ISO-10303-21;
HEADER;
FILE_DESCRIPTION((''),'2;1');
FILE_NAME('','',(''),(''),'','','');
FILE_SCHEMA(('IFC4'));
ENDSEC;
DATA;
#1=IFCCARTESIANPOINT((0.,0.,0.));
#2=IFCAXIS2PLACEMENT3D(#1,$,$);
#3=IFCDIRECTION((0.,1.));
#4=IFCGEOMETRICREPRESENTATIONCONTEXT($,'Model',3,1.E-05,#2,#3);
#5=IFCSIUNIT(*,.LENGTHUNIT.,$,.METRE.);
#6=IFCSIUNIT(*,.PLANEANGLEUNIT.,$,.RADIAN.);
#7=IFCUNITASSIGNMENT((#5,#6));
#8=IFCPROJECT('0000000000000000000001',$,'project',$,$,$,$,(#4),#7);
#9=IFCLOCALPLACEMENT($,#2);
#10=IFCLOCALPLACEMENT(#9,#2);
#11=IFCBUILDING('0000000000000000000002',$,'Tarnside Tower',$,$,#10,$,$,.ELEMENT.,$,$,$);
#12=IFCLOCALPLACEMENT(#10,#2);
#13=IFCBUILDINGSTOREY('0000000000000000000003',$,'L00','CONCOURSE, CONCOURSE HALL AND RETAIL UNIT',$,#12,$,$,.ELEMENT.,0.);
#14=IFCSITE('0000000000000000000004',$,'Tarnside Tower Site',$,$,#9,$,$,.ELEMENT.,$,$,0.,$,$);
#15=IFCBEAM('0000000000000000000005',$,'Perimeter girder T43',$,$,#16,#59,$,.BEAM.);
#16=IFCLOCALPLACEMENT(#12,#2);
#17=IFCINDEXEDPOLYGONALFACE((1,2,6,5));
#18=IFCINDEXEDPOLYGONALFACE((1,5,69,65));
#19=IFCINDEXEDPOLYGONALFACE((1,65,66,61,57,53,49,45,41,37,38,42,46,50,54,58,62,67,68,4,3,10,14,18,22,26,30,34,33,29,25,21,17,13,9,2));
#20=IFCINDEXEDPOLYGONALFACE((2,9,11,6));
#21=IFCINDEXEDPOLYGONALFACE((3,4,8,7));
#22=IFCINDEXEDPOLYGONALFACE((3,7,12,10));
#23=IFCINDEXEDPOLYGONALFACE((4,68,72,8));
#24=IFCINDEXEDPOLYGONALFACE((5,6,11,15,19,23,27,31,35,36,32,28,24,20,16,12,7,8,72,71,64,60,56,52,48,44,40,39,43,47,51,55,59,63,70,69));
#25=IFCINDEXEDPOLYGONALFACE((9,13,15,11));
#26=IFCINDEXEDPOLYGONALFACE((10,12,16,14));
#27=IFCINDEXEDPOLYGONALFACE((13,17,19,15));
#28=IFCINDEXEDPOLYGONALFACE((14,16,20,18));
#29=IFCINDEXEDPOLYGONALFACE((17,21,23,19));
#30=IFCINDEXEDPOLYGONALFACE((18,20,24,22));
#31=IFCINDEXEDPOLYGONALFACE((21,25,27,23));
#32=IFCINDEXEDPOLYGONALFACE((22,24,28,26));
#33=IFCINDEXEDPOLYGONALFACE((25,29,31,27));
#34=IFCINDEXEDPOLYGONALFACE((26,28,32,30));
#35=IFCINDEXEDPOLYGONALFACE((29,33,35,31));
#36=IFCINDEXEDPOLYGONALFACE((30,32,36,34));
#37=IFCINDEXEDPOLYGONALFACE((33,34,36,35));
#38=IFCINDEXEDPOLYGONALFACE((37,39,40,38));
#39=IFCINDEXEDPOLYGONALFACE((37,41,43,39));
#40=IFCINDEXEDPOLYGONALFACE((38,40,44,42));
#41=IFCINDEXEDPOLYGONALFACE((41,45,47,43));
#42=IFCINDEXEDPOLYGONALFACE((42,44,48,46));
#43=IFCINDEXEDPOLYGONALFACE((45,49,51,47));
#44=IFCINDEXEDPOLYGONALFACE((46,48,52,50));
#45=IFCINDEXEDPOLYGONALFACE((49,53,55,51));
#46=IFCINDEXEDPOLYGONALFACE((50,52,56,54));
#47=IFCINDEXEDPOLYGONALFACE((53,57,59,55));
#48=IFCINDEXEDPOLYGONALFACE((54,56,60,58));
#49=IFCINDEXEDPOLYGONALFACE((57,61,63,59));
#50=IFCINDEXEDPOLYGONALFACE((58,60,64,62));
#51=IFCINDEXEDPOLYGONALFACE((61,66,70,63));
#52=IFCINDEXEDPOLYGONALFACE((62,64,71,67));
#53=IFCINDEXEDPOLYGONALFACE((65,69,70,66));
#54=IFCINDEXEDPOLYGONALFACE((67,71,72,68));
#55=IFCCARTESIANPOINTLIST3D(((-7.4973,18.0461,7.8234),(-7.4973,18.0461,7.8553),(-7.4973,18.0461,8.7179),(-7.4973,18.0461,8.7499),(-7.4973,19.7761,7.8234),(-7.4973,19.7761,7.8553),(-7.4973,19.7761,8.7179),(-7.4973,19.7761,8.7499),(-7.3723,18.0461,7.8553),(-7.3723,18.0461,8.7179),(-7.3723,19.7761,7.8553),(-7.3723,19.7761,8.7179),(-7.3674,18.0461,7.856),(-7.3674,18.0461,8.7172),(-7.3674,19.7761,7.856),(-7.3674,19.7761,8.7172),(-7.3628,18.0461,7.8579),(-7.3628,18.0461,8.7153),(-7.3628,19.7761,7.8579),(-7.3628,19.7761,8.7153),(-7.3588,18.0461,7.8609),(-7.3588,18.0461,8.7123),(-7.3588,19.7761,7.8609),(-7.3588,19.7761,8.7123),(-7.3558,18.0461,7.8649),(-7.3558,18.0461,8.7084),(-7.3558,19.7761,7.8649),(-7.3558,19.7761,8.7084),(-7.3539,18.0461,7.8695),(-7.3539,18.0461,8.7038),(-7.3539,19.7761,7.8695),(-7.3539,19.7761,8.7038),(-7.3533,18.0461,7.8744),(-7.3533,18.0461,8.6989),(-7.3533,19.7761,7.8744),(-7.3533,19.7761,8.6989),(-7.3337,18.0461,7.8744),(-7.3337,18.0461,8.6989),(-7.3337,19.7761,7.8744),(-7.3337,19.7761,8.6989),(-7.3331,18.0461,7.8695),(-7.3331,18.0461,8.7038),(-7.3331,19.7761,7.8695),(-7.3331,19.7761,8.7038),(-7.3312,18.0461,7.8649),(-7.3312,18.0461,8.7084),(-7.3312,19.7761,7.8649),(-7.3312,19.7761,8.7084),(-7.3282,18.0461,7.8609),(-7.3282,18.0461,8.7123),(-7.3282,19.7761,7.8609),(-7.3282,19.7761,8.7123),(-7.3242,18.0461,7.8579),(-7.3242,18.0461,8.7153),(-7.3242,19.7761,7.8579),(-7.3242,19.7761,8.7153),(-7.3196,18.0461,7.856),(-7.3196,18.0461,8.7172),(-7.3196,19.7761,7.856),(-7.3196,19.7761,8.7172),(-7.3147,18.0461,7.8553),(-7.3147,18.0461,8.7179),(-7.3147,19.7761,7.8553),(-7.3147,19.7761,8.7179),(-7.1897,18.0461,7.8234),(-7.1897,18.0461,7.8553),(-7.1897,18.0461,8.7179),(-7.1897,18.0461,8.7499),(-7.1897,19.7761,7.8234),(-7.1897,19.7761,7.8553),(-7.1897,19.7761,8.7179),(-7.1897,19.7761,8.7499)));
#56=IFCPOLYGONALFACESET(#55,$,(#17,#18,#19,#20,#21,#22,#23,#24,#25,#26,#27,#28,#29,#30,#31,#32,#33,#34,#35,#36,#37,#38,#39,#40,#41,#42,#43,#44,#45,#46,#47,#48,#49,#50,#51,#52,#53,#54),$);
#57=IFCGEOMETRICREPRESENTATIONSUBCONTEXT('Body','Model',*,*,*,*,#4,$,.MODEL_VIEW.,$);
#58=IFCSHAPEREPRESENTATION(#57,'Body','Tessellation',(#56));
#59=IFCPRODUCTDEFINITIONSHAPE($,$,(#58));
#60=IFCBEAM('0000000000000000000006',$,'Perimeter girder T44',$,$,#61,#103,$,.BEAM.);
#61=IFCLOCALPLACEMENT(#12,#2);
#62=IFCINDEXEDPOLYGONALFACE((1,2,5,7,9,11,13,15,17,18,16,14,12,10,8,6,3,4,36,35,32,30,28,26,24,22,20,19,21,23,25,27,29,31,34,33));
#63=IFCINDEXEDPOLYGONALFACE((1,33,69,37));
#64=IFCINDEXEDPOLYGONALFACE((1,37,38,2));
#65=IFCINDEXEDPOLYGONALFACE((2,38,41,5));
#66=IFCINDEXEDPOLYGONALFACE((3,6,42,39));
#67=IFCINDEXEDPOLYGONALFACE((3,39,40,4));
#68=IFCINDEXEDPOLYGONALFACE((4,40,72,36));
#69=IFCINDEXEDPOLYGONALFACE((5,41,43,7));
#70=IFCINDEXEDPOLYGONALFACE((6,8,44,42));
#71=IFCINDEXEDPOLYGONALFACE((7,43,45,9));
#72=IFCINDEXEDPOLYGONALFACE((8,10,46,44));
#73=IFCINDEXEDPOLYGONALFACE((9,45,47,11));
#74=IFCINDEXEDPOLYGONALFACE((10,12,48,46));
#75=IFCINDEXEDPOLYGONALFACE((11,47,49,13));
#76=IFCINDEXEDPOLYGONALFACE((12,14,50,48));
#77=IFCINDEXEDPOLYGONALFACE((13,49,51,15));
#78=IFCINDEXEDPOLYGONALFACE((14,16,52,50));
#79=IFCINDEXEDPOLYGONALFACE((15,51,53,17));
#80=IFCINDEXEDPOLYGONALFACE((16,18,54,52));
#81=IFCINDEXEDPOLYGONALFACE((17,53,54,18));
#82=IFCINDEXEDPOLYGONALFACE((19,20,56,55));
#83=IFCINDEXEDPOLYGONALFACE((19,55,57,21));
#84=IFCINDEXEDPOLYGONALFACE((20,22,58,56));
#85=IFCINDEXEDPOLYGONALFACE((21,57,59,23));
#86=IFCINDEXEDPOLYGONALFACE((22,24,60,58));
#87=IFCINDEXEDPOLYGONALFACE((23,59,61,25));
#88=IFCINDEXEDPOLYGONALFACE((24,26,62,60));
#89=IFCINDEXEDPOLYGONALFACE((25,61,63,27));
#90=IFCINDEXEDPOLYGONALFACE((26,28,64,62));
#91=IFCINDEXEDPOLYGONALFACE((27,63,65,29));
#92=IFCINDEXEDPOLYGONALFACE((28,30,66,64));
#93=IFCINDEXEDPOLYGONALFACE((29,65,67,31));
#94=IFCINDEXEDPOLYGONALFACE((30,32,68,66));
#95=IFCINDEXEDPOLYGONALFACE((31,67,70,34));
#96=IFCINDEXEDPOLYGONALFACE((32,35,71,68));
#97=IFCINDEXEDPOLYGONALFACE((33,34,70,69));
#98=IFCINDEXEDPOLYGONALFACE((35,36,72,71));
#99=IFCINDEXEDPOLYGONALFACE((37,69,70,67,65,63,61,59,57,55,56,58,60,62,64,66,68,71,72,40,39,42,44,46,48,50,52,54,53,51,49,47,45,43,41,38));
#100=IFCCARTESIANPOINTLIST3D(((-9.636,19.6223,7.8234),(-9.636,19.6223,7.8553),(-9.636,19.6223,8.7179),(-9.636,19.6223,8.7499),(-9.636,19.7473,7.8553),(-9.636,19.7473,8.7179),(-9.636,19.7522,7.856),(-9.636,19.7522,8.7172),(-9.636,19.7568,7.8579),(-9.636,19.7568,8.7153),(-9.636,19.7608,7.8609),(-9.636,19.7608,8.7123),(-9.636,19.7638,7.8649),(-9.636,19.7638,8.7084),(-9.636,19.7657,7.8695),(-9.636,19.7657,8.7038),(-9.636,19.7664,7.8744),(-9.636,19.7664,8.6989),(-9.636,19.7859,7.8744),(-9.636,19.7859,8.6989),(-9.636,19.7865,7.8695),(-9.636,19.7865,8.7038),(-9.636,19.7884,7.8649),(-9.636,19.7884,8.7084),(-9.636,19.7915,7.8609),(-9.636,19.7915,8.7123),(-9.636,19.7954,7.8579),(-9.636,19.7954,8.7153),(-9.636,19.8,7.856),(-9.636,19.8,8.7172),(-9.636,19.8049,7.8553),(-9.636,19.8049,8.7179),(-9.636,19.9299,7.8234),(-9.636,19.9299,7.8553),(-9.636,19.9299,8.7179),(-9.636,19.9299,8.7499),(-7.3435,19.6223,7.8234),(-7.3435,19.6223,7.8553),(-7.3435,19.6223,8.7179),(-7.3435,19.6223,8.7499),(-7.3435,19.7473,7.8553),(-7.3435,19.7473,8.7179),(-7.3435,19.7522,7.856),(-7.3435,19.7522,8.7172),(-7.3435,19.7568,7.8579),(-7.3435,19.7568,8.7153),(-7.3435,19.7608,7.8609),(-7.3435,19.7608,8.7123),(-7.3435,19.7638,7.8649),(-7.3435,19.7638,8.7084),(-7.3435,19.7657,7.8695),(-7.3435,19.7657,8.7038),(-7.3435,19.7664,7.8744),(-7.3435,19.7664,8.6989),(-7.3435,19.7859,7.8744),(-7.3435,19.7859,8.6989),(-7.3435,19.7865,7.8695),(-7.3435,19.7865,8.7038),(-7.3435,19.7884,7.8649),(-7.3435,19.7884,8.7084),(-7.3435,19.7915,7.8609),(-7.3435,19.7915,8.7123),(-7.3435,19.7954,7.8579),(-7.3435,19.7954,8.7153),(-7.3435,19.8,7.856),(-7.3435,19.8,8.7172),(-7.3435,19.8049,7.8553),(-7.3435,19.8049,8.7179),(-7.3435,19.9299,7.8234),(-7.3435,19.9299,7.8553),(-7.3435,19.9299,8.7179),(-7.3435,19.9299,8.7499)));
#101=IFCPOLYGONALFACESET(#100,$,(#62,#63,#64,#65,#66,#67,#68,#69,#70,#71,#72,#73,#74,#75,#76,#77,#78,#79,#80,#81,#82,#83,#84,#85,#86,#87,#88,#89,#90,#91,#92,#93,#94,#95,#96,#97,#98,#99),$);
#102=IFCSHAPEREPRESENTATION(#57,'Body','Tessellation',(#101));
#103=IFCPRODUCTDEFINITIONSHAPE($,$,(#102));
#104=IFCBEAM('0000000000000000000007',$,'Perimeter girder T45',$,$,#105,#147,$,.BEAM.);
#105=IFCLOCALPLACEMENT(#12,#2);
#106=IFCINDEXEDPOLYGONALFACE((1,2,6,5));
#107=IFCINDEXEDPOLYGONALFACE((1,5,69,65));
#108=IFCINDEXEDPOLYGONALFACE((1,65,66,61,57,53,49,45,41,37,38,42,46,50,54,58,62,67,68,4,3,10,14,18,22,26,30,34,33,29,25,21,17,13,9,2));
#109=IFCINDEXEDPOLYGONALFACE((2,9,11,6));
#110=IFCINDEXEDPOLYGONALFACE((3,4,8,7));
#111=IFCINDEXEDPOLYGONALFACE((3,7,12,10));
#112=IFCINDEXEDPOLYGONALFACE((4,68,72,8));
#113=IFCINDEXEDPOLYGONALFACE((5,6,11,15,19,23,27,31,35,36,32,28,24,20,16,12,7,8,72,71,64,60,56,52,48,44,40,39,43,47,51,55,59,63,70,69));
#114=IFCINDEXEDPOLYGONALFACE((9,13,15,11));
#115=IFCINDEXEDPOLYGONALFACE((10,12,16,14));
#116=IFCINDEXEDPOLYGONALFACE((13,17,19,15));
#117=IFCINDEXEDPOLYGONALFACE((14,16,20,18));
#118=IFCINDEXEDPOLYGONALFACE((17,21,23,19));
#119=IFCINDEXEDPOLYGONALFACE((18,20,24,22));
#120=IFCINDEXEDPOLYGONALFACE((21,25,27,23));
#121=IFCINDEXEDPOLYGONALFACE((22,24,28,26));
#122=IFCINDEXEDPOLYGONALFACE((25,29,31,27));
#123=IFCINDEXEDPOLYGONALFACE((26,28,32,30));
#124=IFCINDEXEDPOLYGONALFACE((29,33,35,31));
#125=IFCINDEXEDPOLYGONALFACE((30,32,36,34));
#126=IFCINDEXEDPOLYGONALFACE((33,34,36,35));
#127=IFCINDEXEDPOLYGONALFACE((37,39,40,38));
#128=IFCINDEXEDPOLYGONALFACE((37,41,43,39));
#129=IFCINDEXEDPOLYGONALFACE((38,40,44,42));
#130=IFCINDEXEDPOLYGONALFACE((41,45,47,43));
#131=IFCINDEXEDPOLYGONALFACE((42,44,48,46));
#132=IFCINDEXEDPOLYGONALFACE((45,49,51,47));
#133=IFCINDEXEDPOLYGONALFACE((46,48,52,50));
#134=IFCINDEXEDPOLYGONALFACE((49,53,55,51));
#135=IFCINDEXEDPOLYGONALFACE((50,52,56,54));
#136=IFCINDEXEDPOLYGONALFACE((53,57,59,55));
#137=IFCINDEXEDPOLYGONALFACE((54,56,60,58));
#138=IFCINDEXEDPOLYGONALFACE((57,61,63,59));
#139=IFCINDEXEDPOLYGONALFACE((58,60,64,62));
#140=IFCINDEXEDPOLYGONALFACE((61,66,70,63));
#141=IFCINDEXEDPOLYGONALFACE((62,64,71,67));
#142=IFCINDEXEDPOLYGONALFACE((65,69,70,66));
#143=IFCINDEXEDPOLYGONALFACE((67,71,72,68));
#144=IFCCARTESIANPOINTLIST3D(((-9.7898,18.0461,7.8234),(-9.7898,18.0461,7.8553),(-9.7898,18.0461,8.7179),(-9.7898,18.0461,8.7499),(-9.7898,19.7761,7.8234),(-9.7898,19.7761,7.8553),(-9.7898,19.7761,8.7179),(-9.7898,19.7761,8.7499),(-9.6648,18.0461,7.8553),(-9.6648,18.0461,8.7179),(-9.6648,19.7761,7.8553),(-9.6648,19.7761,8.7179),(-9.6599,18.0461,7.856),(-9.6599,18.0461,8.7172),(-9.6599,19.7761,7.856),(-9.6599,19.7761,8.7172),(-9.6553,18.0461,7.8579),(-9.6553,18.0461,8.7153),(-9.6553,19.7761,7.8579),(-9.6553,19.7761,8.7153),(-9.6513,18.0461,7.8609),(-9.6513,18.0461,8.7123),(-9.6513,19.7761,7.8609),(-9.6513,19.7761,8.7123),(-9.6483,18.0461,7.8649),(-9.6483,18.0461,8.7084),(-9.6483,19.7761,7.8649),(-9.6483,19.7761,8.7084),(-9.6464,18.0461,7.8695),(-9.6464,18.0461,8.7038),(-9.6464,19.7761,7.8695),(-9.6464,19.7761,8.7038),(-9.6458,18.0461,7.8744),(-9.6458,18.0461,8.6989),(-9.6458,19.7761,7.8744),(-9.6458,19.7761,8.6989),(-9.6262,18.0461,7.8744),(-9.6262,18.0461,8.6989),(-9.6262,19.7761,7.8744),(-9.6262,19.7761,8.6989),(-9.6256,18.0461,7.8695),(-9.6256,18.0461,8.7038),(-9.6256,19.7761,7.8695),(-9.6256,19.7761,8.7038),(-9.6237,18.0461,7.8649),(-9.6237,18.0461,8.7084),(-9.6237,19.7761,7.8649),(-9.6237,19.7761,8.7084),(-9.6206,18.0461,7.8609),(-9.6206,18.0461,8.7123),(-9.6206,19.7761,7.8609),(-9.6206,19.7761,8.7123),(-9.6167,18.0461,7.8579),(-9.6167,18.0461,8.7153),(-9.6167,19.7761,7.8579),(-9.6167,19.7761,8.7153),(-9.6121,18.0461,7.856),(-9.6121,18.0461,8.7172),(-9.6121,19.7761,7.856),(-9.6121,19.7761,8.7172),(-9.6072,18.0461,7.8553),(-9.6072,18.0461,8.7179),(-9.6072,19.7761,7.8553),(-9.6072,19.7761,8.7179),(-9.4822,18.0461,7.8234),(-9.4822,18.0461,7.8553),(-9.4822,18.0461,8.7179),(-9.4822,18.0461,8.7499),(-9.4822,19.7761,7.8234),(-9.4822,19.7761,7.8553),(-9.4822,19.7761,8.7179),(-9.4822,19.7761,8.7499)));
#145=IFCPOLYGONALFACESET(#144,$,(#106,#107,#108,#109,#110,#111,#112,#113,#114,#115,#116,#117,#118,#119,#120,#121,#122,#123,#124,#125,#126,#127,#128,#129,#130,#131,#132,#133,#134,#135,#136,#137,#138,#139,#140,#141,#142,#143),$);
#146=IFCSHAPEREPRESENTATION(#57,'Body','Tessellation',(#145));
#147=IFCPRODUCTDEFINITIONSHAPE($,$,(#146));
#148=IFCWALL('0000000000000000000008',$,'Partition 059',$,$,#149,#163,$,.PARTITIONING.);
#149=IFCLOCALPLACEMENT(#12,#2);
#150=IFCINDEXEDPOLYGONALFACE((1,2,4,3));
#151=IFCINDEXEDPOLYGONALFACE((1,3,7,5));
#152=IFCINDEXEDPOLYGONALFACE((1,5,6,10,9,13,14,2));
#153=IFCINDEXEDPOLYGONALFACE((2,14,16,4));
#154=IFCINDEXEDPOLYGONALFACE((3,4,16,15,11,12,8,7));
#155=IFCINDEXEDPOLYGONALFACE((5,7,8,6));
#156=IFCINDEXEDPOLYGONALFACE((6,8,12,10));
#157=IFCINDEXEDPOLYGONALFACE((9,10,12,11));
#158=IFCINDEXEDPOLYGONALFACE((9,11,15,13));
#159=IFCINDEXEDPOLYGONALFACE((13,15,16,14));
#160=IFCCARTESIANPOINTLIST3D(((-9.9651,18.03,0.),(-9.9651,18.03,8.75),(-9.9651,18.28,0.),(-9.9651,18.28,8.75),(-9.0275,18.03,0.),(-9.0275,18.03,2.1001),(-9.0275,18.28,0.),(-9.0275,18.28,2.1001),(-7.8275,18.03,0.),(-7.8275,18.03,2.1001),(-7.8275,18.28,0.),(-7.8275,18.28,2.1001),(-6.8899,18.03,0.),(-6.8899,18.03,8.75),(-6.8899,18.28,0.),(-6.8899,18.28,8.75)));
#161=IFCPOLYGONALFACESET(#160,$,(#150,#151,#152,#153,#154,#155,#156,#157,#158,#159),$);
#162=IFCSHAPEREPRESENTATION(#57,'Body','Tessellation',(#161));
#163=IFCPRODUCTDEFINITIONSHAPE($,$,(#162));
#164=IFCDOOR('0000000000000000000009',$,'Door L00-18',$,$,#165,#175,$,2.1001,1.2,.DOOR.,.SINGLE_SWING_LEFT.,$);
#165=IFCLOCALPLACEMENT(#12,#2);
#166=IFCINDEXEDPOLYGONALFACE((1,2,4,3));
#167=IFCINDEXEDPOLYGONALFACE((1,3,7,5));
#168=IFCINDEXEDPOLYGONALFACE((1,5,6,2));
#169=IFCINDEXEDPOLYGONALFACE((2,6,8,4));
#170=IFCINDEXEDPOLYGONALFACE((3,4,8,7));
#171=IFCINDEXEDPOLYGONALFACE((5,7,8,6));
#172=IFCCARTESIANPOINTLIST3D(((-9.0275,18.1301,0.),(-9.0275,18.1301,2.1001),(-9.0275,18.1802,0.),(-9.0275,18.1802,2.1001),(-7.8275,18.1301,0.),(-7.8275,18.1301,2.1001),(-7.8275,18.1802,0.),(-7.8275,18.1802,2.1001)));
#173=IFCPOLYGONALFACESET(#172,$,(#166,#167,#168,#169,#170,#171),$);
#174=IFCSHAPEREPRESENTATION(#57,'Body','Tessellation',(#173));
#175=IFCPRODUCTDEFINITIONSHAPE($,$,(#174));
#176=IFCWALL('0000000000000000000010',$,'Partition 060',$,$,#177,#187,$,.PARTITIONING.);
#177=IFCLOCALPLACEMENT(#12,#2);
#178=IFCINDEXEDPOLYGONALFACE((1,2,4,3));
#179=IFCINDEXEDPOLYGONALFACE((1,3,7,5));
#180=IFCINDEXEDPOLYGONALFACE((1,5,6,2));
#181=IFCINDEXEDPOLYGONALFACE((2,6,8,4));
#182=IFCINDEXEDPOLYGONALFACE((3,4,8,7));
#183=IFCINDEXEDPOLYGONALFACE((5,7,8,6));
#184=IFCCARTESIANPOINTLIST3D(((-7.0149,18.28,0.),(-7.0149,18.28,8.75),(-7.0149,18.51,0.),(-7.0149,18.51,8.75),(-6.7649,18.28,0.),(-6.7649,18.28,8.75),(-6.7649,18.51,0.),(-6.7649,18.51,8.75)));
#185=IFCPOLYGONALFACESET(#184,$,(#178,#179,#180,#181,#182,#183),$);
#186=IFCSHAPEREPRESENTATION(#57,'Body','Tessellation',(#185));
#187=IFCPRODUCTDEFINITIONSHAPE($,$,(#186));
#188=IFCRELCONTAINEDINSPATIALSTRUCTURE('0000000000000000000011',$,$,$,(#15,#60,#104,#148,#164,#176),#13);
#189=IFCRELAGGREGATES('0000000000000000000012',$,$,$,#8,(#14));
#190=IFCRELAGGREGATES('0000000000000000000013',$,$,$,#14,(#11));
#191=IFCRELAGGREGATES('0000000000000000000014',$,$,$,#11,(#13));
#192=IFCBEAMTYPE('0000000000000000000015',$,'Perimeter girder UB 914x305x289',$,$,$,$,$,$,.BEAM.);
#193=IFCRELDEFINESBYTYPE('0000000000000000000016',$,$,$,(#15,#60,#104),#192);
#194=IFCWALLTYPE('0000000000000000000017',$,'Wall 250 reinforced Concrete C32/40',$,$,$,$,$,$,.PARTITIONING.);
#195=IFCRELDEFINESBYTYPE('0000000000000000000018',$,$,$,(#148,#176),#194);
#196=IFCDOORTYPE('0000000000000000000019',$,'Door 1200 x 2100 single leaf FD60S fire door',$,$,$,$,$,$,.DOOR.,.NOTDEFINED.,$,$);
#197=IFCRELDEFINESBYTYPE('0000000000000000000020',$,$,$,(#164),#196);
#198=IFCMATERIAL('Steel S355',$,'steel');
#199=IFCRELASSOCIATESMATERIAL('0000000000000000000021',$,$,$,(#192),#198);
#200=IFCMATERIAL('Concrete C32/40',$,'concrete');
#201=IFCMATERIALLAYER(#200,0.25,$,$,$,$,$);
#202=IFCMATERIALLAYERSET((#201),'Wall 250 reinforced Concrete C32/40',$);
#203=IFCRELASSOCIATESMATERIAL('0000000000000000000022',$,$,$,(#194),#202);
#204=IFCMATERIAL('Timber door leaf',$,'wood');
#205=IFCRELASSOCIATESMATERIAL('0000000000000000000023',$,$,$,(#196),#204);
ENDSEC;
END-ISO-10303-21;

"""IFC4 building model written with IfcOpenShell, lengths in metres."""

from ifc_helpers import new_model, si_unit, direction, frame, frame_2d, origin, origin_2d, place, context, subcontext, project, spatial, rectangle, i_section, extrude, material, layer, layer_set, material_profile, profile_set, type_object, element, fill, save


model = new_model("IFC4")

# Units and contexts
model_context = context("Model", 3, precision=1e-05, world=origin(), true_north=direction((0.0, 1.0)))
body_context = subcontext(model_context, "Body", "Model", "MODEL_VIEW")
ifc_project = project(units=[si_unit("LENGTHUNIT", "METRE"), si_unit("PLANEANGLEUNIT", "RADIAN")], contexts=[model_context])

# Site, building, storey
site_placement = place(None, origin())
site = spatial("IfcSite", under=ifc_project, at=site_placement, Name="Tarnside Tower Site", CompositionType="ELEMENT", RefElevation=0.0)
building_placement = place(site_placement, origin())
building = spatial("IfcBuilding", under=site, at=building_placement, Name="Tarnside Tower", CompositionType="ELEMENT")
storey_placement = place(building_placement, origin())
storey = spatial("IfcBuildingStorey", under=building, at=storey_placement, Name="L00", Description="CONCOURSE, CONCOURSE HALL AND RETAIL UNIT", CompositionType="ELEMENT", Elevation=0.0)

# Beams
ifc_material_1 = material(Name="Steel S355", Category="steel")
ifc_material_profile_1 = material_profile(ifc_material_1, i_section(OverallWidth=0.3076, OverallDepth=0.9265, WebThickness=0.0195, FlangeThickness=0.032, FilletRadius=0.019, at=origin_2d()), Name="UB 914x305x289")
ifc_profile_set_1 = profile_set([ifc_material_profile_1], Name="Steel S355")
beam_type_1 = type_object("IfcBeamType", Name="Perimeter girder UB 914x305x289", PredefinedType="BEAM", material=ifc_profile_set_1)
beam_1_placement = place(storey_placement, frame((-7.3435, 18.0461, 8.2866), z_axis=(0.0, 1.0, 0.0), x_axis=(-1.0, 0.0, 0.0)))
element("IfcBeam", 1, at=beam_1_placement, inside=storey, type_object=beam_type_1, Name="Perimeter girder T43", PredefinedType="BEAM", context=body_context, shape_type="SweptSolid", body=[
    extrude(i_section(OverallWidth=0.3076, OverallDepth=0.9265, WebThickness=0.0195, FlangeThickness=0.032, FilletRadius=0.019, at=origin_2d()), origin(), (0.0, 0.0, 1.0), 1.73),
])
beam_2_placement = place(storey_placement, frame((-7.3435, 19.7761, 8.2866), z_axis=(-1.0, 0.0, 0.0), x_axis=(0.0, -1.0, 0.0)))
element("IfcBeam", 2, at=beam_2_placement, inside=storey, type_object=beam_type_1, Name="Perimeter girder T44", PredefinedType="BEAM", context=body_context, shape_type="SweptSolid", body=[
    extrude(i_section(OverallWidth=0.3076, OverallDepth=0.9265, WebThickness=0.0195, FlangeThickness=0.032, FilletRadius=0.019, at=origin_2d()), origin(), (0.0, 0.0, 1.0), 2.2925),
])
beam_3_placement = place(storey_placement, frame((-9.636, 19.7761, 8.2866), z_axis=(0.0, -1.0, 0.0), x_axis=(1.0, 0.0, 0.0)))
element("IfcBeam", 3, at=beam_3_placement, inside=storey, type_object=beam_type_1, Name="Perimeter girder T45", PredefinedType="BEAM", context=body_context, shape_type="SweptSolid", body=[
    extrude(i_section(OverallWidth=0.3076, OverallDepth=0.9265, WebThickness=0.0195, FlangeThickness=0.032, FilletRadius=0.019, at=origin_2d()), origin(), (0.0, 0.0, 1.0), 1.73),
])

# Wall, opening, door
ifc_material_2 = material(Name="Concrete C32/40", Category="concrete")
ifc_layer = layer(ifc_material_2, 0.25)
ifc_layer_set = layer_set([ifc_layer], Name="Wall 250 reinforced Concrete C32/40")
wall_type = type_object("IfcWallType", Name="Wall 250 reinforced Concrete C32/40", PredefinedType="PARTITIONING", material=ifc_layer_set)
wall_1_placement = place(storey_placement, frame((-6.8899, 18.155, 0.0), z_axis=(0.0, 0.0, 1.0), x_axis=(-1.0, 0.0, 0.0)))
wall_1 = element("IfcWall", 4, at=wall_1_placement, inside=storey, type_object=wall_type, Name="Partition 059", PredefinedType="PARTITIONING", context=body_context, shape_type="SweptSolid", body=[
    extrude(rectangle(XDim=3.0752, YDim=0.25, at=frame_2d((1.5376, 0.0))), origin(), (0.0, 0.0, 1.0), 8.75),
])
opening_placement = place(wall_1_placement, frame((0.9375, 0.0, 0.0)))
opening = element("IfcOpeningElement", 5, at=opening_placement, cuts=wall_1, PredefinedType="OPENING", context=body_context, shape_type="SweptSolid", body=[
    extrude(rectangle(XDim=1.2, YDim=2.1001, at=frame_2d((0.6001, 1.05))), frame((0.0, 0.135, 0.0), z_axis=(0.0, -1.0, 0.0), x_axis=(1.0, 0.0, 0.0)), (0.0, 0.0, 1.0), 0.27),
])
ifc_material_3 = material(Name="Timber door leaf", Category="wood")
door_type = type_object("IfcDoorType", Name="Door 1200 x 2100 single leaf FD60S fire door", OperationType="NOTDEFINED", PredefinedType="DOOR", material=ifc_material_3)
door_placement = place(opening_placement, origin())
door = element("IfcDoor", 6, at=door_placement, inside=storey, type_object=door_type, Name="Door L00-18", OperationType="SINGLE_SWING_LEFT", OverallHeight=2.1001, OverallWidth=1.2, PredefinedType="DOOR", context=body_context, shape_type="SweptSolid", body=[
    extrude(rectangle(XDim=1.2, YDim=2.1001, at=frame_2d((0.6001, 1.05))), frame((0.0, 0.0249, 0.0), z_axis=(0.0, -1.0, 0.0), x_axis=(1.0, 0.0, 0.0)), (0.0, 0.0, 1.0), 0.05),
])
fill(opening, door)

# Wall
wall_2_placement = place(storey_placement, frame((-6.8899, 18.51, 0.0), z_axis=(0.0, 0.0, 1.0), x_axis=(0.0, -1.0, 0.0)))
element("IfcWall", 7, at=wall_2_placement, inside=storey, type_object=wall_type, Name="Partition 060", PredefinedType="PARTITIONING", context=body_context, shape_type="SweptSolid", body=[
    extrude(rectangle(XDim=0.23, YDim=0.25, at=frame_2d((0.115, 0.0))), origin(), (0.0, 0.0, 1.0), 8.75),
])

save(model, "model.ifc")
